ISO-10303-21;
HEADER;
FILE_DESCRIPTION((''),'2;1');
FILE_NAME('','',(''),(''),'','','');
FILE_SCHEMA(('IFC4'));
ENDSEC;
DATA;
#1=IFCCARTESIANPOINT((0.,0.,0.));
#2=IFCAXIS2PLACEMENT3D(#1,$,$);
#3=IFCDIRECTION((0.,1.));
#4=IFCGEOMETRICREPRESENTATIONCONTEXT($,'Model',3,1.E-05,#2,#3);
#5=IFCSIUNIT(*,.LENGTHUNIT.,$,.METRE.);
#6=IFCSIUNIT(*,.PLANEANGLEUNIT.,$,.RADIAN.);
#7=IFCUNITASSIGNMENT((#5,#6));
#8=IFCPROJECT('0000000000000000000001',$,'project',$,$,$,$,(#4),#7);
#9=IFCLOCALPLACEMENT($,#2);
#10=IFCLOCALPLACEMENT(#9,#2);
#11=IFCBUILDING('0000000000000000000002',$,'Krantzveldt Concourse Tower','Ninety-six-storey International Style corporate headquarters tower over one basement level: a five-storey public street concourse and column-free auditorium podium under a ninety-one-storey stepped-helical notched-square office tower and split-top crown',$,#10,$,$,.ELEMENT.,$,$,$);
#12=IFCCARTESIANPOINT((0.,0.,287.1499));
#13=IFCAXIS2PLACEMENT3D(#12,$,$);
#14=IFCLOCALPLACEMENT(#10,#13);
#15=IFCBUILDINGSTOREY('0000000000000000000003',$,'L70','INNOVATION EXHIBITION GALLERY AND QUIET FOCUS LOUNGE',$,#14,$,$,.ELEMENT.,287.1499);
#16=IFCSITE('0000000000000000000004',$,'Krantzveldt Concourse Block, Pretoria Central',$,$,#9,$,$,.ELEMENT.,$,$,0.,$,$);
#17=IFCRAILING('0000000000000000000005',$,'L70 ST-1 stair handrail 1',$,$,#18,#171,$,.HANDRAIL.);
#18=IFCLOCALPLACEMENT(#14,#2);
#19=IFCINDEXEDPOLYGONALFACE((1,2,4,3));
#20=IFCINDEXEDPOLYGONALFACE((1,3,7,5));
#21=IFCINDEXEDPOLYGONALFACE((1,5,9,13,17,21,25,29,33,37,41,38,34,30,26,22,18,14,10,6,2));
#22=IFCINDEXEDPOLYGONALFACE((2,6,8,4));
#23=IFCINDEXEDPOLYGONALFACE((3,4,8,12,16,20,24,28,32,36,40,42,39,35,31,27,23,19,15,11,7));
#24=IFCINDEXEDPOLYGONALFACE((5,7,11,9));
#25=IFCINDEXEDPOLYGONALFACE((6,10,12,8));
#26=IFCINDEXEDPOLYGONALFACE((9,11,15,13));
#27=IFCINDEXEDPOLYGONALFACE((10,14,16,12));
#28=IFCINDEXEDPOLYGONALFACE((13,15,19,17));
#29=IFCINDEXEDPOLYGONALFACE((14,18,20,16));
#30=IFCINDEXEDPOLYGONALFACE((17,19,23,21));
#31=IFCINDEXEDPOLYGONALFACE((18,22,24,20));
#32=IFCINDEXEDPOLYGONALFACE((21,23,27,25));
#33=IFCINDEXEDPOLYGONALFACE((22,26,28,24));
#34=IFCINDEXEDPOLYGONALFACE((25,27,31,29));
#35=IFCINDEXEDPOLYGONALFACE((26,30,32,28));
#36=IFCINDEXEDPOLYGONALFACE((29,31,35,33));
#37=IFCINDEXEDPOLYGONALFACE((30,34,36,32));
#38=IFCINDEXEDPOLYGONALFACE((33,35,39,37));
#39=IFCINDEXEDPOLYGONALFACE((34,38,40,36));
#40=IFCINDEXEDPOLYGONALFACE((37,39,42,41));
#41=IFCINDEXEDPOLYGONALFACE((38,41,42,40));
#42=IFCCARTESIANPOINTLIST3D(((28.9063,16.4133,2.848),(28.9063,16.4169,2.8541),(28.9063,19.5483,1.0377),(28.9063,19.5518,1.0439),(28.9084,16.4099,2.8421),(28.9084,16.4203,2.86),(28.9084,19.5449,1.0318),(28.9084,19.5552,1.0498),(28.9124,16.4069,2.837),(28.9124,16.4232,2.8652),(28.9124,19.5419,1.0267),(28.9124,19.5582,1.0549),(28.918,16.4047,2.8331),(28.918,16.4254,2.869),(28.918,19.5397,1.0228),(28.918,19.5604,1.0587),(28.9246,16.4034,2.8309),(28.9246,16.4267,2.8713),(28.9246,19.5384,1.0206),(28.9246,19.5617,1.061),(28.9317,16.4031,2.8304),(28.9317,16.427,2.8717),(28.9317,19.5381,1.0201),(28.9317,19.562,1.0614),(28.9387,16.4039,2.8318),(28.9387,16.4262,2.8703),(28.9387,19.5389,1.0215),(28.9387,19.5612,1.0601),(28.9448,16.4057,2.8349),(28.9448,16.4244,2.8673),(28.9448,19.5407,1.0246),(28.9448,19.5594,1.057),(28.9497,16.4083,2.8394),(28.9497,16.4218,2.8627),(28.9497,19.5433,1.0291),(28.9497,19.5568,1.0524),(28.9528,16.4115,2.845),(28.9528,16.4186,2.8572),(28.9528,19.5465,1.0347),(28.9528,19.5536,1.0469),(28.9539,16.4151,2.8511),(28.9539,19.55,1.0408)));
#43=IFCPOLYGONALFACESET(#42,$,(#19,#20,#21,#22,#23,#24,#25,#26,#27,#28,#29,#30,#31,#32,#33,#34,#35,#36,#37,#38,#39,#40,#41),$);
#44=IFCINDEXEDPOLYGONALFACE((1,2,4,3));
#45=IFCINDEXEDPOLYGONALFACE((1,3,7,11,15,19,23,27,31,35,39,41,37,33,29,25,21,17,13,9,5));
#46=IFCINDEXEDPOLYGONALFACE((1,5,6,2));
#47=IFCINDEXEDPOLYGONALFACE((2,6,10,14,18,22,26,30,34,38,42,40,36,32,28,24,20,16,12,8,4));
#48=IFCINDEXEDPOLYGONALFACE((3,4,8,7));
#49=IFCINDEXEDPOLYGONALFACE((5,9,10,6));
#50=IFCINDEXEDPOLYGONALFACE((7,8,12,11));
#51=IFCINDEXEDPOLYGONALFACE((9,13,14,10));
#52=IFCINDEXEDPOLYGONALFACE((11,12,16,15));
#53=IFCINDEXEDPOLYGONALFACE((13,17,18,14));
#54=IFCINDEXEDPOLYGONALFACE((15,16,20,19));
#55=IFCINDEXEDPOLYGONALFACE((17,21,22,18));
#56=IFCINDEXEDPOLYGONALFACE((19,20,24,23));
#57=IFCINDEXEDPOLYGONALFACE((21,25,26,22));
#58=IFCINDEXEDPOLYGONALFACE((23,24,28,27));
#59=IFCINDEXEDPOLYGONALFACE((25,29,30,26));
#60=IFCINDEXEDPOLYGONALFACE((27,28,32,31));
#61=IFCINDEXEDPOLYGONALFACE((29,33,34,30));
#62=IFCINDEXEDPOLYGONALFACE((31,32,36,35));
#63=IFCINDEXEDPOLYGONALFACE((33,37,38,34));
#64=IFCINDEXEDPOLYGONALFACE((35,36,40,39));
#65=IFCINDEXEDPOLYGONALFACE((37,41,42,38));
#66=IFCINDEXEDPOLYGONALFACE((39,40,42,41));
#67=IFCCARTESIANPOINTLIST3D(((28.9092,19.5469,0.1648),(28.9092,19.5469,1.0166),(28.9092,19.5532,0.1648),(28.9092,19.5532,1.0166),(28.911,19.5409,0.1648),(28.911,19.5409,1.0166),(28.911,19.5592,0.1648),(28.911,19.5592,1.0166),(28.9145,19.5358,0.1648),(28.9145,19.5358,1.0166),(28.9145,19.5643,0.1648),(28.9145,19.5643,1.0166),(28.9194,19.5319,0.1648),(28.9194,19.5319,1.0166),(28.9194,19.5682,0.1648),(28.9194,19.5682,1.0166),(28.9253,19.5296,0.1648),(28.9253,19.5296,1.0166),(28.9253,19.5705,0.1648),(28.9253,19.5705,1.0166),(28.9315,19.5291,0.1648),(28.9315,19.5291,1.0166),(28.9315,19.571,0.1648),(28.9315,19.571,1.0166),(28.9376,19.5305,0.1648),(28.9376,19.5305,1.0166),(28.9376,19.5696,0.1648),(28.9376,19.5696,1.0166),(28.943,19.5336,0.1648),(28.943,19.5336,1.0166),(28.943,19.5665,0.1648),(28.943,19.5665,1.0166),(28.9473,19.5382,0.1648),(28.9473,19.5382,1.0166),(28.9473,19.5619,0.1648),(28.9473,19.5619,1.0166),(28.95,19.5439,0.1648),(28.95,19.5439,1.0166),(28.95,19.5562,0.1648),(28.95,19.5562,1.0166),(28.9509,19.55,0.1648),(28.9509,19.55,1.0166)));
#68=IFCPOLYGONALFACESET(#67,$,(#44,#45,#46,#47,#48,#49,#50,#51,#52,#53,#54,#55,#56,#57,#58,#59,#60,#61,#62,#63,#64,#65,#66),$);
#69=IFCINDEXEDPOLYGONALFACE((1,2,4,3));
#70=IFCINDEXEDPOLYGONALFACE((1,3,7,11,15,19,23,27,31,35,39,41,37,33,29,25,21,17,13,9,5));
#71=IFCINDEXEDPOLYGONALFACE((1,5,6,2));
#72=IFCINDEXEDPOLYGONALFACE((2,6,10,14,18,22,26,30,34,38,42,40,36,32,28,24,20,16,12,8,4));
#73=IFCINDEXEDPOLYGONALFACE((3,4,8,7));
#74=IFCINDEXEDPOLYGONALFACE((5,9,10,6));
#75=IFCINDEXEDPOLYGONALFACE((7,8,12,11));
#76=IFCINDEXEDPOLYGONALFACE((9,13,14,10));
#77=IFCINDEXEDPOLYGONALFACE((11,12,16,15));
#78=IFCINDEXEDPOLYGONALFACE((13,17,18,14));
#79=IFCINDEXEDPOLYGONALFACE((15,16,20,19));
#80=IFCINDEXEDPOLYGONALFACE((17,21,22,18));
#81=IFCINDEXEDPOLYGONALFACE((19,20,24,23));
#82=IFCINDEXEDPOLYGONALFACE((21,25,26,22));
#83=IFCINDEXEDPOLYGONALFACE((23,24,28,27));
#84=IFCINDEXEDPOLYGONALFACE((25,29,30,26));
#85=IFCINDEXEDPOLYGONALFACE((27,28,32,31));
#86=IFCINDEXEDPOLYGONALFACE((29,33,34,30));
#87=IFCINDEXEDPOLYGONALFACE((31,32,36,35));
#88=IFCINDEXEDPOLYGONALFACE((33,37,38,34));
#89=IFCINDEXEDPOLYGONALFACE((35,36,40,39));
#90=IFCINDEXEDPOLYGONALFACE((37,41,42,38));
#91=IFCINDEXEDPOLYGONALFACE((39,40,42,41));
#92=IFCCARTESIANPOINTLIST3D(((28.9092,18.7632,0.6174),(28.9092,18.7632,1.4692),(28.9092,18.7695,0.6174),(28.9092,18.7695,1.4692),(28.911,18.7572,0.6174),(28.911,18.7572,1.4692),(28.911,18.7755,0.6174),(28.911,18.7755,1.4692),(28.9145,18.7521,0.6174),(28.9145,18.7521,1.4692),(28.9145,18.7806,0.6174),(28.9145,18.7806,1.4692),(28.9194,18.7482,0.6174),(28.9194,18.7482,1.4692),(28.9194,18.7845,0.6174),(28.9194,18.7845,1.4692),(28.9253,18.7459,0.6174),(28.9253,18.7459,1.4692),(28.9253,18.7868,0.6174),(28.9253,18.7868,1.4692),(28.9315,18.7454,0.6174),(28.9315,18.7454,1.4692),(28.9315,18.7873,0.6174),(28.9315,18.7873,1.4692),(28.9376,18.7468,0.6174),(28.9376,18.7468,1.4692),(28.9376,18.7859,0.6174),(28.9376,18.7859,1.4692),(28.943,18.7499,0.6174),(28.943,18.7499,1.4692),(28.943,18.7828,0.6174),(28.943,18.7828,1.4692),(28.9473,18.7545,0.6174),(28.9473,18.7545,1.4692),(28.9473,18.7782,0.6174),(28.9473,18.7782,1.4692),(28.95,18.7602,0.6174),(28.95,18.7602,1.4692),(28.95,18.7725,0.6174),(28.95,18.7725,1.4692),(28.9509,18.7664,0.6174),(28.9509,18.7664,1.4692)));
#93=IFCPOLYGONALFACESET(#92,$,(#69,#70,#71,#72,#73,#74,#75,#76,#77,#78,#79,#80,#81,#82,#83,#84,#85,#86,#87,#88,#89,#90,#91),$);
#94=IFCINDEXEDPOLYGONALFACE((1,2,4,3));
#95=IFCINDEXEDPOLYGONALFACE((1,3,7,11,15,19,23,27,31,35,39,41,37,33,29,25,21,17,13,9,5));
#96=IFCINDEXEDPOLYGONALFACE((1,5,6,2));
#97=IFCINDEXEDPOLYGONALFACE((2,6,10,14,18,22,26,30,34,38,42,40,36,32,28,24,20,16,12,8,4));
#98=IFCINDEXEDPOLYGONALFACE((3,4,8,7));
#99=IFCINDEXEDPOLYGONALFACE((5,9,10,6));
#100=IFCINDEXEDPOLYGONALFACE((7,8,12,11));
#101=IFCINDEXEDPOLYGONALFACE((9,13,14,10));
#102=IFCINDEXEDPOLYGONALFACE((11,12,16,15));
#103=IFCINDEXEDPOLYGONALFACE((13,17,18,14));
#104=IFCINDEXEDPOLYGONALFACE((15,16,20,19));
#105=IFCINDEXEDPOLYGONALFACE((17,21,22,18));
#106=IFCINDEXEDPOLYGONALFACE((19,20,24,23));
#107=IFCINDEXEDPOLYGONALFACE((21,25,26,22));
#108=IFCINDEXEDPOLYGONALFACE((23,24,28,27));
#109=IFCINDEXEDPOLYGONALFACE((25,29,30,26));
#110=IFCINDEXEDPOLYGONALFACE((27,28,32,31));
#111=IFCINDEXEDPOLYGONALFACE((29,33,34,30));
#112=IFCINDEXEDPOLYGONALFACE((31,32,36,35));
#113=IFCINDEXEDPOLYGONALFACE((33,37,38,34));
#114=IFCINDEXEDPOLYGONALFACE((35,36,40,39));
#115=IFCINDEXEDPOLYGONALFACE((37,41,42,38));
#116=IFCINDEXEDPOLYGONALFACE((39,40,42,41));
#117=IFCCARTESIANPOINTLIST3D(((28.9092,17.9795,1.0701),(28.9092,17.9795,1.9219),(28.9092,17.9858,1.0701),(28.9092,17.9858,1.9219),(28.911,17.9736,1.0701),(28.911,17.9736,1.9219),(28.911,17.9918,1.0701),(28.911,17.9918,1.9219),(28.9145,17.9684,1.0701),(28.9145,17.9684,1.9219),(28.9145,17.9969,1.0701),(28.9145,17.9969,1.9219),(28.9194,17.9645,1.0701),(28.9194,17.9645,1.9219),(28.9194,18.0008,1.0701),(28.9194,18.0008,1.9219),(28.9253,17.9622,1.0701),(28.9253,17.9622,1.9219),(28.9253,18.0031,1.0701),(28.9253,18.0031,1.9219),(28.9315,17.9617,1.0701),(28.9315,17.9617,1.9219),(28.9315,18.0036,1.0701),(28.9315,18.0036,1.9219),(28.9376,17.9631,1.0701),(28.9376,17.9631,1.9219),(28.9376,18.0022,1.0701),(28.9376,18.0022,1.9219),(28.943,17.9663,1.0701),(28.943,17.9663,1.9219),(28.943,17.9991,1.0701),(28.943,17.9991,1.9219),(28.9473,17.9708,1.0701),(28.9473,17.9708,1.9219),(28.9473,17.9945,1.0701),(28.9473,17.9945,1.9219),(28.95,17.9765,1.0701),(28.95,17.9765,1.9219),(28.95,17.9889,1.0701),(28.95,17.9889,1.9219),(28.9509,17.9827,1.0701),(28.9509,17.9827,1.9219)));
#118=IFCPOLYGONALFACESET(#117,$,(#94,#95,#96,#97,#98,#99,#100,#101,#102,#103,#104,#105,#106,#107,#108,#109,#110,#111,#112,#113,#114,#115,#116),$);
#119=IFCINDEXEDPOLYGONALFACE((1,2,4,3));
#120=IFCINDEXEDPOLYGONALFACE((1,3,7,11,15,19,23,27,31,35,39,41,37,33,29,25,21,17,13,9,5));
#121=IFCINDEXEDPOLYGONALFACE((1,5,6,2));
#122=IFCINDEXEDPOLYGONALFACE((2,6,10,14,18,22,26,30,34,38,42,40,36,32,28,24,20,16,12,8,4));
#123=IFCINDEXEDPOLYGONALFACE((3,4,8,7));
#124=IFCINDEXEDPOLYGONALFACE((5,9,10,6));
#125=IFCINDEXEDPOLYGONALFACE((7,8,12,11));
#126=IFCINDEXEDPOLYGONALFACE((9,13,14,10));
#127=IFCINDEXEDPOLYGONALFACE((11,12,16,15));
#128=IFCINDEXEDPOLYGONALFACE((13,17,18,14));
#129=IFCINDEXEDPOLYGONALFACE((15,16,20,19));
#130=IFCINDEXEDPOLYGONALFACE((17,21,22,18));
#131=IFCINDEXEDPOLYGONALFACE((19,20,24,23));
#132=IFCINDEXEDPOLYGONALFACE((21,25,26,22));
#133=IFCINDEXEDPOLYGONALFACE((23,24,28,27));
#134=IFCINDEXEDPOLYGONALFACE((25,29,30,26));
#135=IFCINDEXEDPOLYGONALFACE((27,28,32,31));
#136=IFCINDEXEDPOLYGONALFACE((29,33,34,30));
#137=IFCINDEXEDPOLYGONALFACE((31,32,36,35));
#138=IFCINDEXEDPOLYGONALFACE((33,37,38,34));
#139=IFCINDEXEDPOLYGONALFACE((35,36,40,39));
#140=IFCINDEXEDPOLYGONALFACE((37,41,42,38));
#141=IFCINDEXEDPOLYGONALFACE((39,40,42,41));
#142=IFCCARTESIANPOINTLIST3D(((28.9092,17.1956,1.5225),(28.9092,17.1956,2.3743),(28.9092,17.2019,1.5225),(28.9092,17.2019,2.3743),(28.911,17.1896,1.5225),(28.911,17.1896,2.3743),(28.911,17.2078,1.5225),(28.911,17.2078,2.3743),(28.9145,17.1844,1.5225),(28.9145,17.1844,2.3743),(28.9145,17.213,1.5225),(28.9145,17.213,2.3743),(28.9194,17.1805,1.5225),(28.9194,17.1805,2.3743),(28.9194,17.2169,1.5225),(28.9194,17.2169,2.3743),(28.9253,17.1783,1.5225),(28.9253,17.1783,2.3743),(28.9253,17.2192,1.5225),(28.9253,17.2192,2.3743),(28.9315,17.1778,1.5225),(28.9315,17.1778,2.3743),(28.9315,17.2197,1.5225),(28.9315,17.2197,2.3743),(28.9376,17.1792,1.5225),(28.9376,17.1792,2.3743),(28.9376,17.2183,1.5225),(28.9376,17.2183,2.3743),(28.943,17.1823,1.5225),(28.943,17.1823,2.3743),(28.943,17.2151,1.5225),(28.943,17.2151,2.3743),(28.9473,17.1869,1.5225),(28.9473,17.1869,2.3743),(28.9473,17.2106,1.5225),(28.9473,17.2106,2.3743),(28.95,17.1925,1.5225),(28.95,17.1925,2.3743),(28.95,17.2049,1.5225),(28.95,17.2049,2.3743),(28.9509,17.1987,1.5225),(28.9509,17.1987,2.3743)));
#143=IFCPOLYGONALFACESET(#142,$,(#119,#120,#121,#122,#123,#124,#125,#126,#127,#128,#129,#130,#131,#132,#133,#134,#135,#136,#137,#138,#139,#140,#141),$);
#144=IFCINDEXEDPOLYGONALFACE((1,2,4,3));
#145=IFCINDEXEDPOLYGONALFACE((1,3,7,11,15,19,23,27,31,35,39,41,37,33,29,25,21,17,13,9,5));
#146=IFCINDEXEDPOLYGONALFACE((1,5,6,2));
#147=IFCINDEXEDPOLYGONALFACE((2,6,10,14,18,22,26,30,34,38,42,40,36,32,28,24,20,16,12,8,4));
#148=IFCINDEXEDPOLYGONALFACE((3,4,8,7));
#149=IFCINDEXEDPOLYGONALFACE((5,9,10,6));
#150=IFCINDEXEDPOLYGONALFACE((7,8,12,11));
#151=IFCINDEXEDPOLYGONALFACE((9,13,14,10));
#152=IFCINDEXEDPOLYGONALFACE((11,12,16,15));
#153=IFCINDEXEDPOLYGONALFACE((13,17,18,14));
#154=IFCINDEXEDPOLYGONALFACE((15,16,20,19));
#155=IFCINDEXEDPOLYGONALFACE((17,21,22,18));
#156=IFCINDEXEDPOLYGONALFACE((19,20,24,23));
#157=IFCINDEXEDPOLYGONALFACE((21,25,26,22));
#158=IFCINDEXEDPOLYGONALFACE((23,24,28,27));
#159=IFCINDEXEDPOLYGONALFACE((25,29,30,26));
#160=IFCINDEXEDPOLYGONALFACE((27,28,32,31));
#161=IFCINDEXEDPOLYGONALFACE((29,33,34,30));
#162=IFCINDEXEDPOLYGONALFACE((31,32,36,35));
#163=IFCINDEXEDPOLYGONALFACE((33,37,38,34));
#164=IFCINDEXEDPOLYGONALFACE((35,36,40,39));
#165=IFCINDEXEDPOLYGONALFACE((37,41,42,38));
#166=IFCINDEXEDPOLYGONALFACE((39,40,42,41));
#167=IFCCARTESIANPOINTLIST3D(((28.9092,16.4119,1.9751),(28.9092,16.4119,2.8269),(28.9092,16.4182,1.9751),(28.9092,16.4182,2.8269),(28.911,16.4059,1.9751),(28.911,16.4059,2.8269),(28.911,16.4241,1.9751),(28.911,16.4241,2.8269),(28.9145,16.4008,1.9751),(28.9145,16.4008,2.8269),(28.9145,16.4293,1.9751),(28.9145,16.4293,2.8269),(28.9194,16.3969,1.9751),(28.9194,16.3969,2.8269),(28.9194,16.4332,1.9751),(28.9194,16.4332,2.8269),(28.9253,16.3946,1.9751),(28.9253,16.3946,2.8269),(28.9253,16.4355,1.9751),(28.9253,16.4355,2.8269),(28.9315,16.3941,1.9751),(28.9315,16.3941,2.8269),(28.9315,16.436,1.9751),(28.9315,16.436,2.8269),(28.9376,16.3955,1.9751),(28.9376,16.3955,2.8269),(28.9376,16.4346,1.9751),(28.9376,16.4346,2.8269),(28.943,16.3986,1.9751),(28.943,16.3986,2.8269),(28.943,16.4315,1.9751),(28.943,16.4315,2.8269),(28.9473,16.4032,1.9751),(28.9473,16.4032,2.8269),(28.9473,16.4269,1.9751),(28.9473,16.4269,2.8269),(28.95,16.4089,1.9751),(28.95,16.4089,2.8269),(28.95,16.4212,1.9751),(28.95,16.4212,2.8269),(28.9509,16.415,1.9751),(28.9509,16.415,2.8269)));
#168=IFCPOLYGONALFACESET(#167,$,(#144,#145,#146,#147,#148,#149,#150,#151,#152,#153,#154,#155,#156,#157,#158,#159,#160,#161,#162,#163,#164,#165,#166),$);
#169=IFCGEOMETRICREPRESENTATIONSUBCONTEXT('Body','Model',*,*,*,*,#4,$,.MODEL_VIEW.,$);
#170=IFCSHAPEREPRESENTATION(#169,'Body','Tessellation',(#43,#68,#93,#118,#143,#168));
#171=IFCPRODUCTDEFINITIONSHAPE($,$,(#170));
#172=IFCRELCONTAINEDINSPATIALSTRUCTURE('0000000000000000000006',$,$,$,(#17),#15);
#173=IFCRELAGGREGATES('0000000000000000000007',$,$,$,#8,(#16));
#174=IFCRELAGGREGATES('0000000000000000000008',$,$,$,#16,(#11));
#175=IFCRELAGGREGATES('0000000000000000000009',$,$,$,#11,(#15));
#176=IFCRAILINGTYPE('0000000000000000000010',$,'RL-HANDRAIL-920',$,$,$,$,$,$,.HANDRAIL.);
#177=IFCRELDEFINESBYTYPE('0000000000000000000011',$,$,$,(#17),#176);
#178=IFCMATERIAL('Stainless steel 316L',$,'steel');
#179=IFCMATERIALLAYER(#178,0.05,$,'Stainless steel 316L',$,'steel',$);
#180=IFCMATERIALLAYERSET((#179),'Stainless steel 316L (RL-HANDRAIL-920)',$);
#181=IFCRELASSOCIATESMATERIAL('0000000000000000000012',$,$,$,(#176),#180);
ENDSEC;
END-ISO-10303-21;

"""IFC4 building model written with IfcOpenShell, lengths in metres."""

from ifc_helpers import new_model, si_unit, direction, frame, origin, origin_2d, place, context, subcontext, project, spatial, circle, extrude, material, layer, layer_set, type_object, element, save


model = new_model("IFC4")

# Units and contexts
model_context = context("Model", 3, precision=1e-05, world=origin(), true_north=direction((0.0, 1.0)))
body_context = subcontext(model_context, "Body", "Model", "MODEL_VIEW")
ifc_project = project(units=[si_unit("LENGTHUNIT", "METRE"), si_unit("PLANEANGLEUNIT", "RADIAN")], contexts=[model_context])

# Site, building, storey
site_placement = place(None, origin())
site = spatial("IfcSite", under=ifc_project, at=site_placement, Name="Krantzveldt Concourse Block, Pretoria Central", CompositionType="ELEMENT", RefElevation=0.0)
building_placement = place(site_placement, origin())
building = spatial("IfcBuilding", under=site, at=building_placement, Name="Krantzveldt Concourse Tower", Description="Ninety-six-storey International Style corporate headquarters tower over one basement level: a five-storey public street concourse and column-free auditorium podium under a ninety-one-storey stepped-helical notched-square office tower and split-top crown", CompositionType="ELEMENT")
storey_placement = place(building_placement, frame((0.0, 0.0, 287.1499)))
storey = spatial("IfcBuildingStorey", under=building, at=storey_placement, Name="L70", Description="INNOVATION EXHIBITION GALLERY AND QUIET FOCUS LOUNGE", CompositionType="ELEMENT", Elevation=287.1499)

# Railing
ifc_material_1 = material(Name="Stainless steel 316L", Category="steel")
ifc_layer_1 = layer(ifc_material_1, 0.05, Name="Stainless steel 316L", Category="steel")
ifc_layer_set_1 = layer_set([ifc_layer_1], Name="Stainless steel 316L (RL-HANDRAIL-920)")
railing_type_1 = type_object("IfcRailingType", Name="RL-HANDRAIL-920", PredefinedType="HANDRAIL", material=ifc_layer_set_1)
railing_1_placement = place(storey_placement, frame((28.9299, 19.55, 0.1648)))
element("IfcRailing", 1, at=railing_1_placement, inside=storey, type_object=railing_type_1, Name="L70 ST-1 stair handrail 1", PredefinedType="HANDRAIL", context=body_context, shape_type="SweptSolid", body=[
    extrude(circle(Radius=0.0239, at=origin_2d()), frame((0.0, 0.0, 0.876), z_axis=(0.0, -0.865989, 0.500063), x_axis=(1.0, 0.0, 0.0)), (0.0, 0.0, 1.0), 3.6201),
    extrude(circle(Radius=0.021, at=origin_2d()), origin(), (0.0, 0.0, 1.0), 0.8518),
    extrude(circle(Radius=0.021, at=origin_2d()), frame((0.0, -0.7837, 0.4526)), (0.0, 0.0, 1.0), 0.8518),
    extrude(circle(Radius=0.021, at=origin_2d()), frame((0.0, -1.5674, 0.9053)), (0.0, 0.0, 1.0), 0.8518),
    extrude(circle(Radius=0.021, at=origin_2d()), frame((0.0, -2.3513, 1.3577)), (0.0, 0.0, 1.0), 0.8518),
    extrude(circle(Radius=0.021, at=origin_2d()), frame((0.0, -3.135, 1.8103)), (0.0, 0.0, 1.0), 0.8518),
])

save(model, "model.ifc")
